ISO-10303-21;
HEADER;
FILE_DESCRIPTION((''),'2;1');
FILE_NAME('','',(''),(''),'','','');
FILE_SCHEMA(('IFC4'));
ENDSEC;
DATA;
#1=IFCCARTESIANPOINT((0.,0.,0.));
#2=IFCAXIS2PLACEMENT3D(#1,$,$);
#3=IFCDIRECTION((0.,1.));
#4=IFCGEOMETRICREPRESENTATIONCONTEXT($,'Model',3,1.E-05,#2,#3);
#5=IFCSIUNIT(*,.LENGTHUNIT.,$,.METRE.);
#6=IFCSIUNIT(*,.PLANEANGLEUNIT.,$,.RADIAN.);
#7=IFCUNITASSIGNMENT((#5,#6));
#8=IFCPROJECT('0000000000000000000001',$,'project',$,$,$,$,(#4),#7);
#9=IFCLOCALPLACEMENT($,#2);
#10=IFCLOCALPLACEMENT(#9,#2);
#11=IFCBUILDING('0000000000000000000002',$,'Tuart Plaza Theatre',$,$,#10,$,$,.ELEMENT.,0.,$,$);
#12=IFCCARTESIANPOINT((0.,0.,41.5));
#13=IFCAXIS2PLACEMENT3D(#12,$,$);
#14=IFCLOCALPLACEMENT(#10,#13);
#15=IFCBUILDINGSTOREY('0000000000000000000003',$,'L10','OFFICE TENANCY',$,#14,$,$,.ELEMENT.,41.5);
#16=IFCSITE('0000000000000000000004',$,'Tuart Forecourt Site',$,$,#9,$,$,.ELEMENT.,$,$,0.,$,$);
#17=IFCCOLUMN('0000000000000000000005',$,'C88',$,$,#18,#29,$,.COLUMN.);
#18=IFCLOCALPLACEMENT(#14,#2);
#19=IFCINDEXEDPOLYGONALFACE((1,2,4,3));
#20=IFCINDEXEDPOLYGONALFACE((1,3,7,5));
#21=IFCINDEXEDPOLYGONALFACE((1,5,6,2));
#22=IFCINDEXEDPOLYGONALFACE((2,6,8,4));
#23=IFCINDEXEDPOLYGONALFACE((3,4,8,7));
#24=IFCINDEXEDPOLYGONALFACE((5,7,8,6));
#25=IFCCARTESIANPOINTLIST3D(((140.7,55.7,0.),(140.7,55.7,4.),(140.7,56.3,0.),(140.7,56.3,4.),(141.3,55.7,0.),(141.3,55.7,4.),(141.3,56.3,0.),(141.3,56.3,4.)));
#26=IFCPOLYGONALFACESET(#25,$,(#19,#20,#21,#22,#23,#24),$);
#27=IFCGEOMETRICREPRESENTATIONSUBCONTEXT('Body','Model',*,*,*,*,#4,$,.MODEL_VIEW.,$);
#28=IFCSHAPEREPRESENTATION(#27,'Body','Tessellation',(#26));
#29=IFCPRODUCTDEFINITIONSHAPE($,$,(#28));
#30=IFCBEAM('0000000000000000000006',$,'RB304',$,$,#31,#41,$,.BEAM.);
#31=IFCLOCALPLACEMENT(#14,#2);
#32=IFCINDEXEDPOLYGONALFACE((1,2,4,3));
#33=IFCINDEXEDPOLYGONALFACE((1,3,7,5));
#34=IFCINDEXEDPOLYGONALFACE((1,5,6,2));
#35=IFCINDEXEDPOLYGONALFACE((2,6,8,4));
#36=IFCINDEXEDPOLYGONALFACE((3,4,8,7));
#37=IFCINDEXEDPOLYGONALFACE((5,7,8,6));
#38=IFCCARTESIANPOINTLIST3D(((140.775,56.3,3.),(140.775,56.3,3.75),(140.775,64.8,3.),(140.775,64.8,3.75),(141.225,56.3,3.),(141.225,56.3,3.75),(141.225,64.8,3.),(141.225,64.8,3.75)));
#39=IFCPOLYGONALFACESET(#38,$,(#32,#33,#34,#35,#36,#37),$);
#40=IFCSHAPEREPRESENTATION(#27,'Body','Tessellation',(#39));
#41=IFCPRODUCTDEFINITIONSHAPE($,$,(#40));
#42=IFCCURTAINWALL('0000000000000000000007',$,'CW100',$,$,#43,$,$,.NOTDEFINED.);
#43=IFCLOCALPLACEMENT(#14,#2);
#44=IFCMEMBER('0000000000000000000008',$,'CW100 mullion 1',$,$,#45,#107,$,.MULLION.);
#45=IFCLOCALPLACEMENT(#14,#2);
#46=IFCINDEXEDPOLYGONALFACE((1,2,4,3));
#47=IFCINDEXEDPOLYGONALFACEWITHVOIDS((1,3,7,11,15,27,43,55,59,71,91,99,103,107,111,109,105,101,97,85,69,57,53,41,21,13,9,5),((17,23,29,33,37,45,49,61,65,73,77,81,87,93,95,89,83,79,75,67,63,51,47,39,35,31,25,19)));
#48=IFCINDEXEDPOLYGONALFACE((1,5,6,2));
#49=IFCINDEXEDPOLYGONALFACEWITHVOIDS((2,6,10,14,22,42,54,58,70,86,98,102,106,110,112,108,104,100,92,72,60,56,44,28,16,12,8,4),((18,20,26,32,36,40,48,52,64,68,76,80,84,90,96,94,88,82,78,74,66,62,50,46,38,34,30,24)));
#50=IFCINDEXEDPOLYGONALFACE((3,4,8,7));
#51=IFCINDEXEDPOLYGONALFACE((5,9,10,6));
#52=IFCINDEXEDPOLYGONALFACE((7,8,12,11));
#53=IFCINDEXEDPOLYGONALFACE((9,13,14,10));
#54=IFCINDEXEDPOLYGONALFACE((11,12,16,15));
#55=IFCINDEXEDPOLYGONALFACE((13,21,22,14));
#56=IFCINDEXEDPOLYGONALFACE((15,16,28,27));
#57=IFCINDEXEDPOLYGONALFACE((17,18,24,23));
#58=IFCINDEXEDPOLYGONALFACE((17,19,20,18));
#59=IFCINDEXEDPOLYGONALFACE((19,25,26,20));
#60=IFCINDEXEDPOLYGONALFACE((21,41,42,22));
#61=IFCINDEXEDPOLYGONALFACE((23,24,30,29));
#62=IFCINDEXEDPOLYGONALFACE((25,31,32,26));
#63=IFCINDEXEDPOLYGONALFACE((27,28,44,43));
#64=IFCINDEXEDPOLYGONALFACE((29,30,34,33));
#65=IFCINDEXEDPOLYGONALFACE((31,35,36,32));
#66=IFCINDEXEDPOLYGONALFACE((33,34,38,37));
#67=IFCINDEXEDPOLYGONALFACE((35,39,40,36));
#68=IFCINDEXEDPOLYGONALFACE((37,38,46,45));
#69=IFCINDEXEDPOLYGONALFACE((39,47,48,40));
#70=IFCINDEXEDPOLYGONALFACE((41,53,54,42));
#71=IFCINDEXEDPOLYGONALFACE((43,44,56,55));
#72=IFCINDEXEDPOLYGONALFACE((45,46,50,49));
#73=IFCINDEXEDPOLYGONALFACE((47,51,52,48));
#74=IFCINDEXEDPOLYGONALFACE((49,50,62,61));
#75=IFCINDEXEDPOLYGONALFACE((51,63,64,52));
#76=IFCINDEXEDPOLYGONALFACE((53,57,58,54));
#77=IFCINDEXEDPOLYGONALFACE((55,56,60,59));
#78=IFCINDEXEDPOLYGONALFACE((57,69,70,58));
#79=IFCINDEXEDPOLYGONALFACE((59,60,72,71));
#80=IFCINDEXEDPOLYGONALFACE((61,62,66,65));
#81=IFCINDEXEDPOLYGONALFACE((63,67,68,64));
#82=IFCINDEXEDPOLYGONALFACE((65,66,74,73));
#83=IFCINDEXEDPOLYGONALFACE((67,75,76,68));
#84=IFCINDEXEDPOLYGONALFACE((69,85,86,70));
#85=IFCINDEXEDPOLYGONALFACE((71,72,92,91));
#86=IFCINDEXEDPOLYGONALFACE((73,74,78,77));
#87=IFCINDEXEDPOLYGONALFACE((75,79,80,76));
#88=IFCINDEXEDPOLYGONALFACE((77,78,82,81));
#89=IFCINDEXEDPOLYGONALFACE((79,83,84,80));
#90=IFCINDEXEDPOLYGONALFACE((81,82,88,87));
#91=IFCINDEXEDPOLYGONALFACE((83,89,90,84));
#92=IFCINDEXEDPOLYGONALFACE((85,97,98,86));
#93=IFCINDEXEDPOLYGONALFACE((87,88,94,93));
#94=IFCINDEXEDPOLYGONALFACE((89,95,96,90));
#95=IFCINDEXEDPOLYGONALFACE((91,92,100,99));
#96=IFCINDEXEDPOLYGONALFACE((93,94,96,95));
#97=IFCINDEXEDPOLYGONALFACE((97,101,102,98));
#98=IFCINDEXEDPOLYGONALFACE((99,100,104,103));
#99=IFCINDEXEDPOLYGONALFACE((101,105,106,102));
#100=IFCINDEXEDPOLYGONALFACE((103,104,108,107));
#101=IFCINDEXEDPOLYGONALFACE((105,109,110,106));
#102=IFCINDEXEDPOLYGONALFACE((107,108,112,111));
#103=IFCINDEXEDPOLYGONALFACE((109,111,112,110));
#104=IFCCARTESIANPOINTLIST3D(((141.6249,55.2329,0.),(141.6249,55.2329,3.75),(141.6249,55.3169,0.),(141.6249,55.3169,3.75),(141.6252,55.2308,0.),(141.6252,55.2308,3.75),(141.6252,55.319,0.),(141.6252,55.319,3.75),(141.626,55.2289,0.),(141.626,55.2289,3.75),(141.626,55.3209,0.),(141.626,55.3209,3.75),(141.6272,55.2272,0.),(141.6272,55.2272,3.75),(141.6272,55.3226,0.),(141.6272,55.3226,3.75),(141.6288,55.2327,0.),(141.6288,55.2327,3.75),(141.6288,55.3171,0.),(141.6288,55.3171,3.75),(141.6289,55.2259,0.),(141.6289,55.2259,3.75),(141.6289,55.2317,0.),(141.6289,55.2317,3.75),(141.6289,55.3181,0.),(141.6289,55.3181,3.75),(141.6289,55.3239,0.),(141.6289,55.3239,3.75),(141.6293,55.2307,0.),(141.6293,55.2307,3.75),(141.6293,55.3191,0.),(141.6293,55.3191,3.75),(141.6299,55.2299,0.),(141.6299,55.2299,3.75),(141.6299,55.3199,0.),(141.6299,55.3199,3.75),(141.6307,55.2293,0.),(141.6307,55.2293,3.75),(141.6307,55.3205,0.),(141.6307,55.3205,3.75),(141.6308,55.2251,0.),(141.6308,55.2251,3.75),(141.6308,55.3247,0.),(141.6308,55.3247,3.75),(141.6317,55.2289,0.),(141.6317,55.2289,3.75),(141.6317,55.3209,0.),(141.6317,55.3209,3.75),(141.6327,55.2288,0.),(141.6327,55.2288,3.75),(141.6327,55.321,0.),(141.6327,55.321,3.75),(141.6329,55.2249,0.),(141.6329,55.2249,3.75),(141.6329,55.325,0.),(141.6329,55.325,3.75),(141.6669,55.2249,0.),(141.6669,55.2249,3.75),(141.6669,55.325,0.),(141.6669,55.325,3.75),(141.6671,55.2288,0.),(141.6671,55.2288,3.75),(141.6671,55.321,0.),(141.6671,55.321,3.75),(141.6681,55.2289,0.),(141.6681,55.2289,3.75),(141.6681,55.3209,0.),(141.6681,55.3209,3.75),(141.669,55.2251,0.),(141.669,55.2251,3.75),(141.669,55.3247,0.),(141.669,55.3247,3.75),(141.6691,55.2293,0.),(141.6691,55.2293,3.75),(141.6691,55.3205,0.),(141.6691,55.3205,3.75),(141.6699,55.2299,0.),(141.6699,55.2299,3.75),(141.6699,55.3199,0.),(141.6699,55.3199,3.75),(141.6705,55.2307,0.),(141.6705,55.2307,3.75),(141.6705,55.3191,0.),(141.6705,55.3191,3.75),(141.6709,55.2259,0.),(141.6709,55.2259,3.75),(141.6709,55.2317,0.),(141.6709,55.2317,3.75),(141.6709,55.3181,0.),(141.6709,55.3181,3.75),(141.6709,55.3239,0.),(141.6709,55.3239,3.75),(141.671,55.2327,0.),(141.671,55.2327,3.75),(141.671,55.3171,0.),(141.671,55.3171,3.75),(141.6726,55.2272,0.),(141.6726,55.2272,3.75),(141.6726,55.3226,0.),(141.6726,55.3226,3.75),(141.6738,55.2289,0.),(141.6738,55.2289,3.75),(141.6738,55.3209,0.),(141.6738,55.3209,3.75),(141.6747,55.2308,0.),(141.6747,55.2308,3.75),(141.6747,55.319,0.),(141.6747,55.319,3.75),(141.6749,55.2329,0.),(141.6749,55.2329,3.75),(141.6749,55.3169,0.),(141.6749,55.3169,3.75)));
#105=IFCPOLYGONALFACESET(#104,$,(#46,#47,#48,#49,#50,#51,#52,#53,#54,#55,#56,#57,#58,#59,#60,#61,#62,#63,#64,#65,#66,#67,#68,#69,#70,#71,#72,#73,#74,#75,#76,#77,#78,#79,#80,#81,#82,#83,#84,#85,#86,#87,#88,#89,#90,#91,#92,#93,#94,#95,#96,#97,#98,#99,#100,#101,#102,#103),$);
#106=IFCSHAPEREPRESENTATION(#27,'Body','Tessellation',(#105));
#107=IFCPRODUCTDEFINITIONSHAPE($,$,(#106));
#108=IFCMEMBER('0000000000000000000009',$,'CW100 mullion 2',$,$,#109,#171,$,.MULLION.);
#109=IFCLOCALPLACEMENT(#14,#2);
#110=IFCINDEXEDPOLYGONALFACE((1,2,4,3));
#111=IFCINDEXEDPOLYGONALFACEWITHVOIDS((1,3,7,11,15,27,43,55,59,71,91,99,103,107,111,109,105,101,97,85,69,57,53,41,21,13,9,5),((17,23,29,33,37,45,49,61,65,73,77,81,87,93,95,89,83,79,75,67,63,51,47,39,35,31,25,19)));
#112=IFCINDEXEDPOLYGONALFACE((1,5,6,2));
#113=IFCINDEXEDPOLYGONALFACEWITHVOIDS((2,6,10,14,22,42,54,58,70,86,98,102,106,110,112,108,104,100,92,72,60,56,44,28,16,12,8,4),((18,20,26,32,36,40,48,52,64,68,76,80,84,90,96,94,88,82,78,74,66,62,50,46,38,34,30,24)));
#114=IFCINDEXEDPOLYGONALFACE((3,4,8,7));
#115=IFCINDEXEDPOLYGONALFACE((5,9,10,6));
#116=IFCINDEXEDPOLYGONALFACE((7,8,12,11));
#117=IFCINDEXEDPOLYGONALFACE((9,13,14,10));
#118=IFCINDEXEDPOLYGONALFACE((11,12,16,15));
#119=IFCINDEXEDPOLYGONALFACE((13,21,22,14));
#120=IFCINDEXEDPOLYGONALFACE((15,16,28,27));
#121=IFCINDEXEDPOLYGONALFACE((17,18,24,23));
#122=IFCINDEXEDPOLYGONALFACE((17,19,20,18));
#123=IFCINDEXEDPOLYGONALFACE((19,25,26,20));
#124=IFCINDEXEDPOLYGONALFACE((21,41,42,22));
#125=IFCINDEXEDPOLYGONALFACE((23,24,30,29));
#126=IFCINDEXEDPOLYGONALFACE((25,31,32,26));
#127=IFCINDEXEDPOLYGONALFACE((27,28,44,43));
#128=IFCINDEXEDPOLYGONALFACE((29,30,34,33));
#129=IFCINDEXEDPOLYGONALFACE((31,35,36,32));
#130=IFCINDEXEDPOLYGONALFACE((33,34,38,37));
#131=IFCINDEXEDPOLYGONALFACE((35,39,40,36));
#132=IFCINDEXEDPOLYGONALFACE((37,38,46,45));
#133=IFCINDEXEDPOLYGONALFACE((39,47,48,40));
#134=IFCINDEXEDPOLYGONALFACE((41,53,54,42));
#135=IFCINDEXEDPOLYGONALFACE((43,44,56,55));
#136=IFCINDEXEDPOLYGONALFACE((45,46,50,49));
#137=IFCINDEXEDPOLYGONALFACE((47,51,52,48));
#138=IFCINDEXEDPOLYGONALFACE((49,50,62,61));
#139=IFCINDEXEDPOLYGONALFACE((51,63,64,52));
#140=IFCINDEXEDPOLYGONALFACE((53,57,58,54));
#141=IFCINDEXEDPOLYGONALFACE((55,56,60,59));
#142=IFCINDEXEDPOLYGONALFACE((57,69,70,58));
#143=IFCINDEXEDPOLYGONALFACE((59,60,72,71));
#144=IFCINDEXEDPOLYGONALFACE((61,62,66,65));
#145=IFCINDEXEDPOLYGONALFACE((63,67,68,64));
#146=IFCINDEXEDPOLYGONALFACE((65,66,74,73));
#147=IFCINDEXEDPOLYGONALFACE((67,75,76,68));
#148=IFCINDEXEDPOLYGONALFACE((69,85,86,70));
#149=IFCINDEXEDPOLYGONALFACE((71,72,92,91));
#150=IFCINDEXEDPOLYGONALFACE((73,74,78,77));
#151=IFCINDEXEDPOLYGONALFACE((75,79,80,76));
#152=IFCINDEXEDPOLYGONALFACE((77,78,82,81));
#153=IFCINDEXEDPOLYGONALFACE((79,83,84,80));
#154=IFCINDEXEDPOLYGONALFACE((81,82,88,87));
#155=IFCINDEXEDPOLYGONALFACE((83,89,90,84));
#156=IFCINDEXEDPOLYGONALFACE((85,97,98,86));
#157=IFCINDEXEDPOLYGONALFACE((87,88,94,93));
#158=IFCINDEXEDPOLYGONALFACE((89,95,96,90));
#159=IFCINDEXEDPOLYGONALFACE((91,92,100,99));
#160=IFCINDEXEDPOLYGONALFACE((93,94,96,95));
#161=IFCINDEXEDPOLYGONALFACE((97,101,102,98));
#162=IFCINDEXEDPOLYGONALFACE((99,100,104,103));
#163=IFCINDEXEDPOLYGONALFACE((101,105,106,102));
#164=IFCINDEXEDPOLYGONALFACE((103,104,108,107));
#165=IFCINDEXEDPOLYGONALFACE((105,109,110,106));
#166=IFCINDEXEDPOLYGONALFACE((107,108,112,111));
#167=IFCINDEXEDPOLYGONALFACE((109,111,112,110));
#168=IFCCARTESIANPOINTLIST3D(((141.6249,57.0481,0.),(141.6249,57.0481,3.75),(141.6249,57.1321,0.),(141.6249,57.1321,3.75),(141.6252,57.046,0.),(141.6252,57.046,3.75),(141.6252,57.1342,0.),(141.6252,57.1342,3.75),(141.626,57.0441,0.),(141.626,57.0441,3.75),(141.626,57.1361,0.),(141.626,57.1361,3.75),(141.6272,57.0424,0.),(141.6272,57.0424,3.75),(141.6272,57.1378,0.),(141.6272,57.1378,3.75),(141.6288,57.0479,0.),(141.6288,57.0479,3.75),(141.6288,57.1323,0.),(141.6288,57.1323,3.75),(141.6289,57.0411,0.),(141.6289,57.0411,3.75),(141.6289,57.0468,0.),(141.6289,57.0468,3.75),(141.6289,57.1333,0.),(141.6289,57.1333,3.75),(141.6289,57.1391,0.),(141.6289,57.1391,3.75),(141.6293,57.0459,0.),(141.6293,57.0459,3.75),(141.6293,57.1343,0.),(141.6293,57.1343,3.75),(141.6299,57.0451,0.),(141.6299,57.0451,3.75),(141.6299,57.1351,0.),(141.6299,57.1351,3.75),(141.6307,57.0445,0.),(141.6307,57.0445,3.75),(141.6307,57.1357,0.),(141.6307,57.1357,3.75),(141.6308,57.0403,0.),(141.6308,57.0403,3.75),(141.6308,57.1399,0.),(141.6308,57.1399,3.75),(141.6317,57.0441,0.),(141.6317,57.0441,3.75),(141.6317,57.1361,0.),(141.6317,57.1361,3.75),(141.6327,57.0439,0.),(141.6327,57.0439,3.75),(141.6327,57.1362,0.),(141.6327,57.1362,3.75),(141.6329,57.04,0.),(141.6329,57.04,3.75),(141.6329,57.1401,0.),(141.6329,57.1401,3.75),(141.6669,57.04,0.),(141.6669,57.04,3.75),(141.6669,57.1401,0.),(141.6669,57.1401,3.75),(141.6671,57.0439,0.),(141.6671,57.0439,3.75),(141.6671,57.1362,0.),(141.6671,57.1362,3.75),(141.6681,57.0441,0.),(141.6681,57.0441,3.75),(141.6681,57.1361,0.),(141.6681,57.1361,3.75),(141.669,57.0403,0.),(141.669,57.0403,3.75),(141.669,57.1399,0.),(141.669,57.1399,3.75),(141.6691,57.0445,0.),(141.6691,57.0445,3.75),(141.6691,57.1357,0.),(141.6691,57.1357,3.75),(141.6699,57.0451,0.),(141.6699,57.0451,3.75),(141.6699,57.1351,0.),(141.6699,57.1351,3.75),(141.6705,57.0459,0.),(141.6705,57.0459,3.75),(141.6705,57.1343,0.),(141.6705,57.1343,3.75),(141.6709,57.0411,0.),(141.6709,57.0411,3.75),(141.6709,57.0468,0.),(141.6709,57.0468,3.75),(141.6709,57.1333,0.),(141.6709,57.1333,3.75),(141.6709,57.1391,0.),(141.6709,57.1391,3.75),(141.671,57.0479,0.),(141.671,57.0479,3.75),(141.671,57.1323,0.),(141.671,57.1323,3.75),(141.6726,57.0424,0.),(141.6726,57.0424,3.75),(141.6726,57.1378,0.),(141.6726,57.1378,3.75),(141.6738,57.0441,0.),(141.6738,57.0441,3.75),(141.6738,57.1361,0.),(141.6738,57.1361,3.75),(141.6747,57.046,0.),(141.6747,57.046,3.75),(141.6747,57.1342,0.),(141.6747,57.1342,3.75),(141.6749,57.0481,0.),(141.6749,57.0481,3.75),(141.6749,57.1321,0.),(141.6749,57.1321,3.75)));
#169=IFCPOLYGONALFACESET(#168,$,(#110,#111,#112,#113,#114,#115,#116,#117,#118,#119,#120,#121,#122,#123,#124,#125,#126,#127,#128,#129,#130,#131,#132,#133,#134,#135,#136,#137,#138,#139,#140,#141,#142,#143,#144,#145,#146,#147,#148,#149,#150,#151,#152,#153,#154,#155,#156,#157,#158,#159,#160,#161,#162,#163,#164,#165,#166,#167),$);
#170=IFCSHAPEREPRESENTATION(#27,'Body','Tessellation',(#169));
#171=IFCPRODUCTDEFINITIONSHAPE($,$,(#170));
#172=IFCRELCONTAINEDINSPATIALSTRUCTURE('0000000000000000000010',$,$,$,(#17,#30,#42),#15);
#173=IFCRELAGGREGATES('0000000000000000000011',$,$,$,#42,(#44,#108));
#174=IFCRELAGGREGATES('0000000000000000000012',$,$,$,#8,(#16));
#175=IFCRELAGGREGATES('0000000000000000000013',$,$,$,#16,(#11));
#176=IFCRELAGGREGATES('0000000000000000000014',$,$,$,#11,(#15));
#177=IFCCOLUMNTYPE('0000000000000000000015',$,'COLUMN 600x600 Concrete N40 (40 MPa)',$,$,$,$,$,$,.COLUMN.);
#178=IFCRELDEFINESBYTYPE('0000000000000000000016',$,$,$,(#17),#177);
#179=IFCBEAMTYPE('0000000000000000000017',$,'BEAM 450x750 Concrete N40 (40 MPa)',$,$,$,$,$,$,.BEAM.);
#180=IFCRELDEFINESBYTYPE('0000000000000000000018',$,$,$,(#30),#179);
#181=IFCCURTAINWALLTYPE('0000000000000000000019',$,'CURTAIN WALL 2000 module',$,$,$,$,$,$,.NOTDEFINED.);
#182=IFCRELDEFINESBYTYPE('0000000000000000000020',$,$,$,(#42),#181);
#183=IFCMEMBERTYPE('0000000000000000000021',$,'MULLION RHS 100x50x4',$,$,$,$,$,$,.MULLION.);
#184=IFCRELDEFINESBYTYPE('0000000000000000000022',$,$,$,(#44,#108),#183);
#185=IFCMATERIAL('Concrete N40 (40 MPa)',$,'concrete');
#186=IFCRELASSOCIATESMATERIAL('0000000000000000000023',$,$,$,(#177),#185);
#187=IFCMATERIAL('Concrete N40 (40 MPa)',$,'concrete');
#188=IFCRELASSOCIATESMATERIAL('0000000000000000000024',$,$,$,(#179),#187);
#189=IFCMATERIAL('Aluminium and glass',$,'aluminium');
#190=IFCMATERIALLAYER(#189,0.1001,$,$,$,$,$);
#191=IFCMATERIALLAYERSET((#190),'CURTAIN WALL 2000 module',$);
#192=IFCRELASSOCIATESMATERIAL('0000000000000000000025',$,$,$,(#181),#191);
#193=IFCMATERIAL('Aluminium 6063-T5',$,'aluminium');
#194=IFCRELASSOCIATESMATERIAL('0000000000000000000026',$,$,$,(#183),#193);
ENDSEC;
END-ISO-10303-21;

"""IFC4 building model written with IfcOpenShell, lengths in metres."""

from ifc_helpers import new_model, si_unit, direction, frame, origin, origin_2d, place, context, subcontext, project, spatial, rectangle, hollow_rectangle, extrude, material, layer, layer_set, material_profile, profile_set, type_object, element, aggregate, save


model = new_model("IFC4")

# Units and contexts
model_context = context("Model", 3, precision=1e-05, world=origin(), true_north=direction((0.0, 1.0)))
body_context = subcontext(model_context, "Body", "Model", "MODEL_VIEW")
ifc_project = project(units=[si_unit("LENGTHUNIT", "METRE"), si_unit("PLANEANGLEUNIT", "RADIAN")], contexts=[model_context])

# Site, building, storey
site_placement = place(None, origin())
site = spatial("IfcSite", under=ifc_project, at=site_placement, Name="Tuart Forecourt Site", CompositionType="ELEMENT", RefElevation=0.0)
building_placement = place(site_placement, origin())
building = spatial("IfcBuilding", under=site, at=building_placement, Name="Tuart Plaza Theatre", CompositionType="ELEMENT", ElevationOfRefHeight=0.0)
storey_placement = place(building_placement, frame((0.0, 0.0, 41.5)))
storey = spatial("IfcBuildingStorey", under=building, at=storey_placement, Name="L10", Description="OFFICE TENANCY", CompositionType="ELEMENT", Elevation=41.5)

# Column
ifc_material_1 = material(Name="Concrete N40 (40 MPa)", Category="concrete")
ifc_material_profile_1 = material_profile(ifc_material_1, rectangle(XDim=0.6001, YDim=0.6001, at=origin_2d()), Name="COLUMN 600x600 Concrete N40 (40 MPa)")
ifc_profile_set_1 = profile_set([ifc_material_profile_1], Name="Concrete N40 (40 MPa)")
column_type = type_object("IfcColumnType", Name="COLUMN 600x600 Concrete N40 (40 MPa)", PredefinedType="COLUMN", material=ifc_profile_set_1)
column_placement = place(storey_placement, frame((141.0, 56.0, 0.0), z_axis=(0.0, 0.0, 1.0), x_axis=(1.0, 0.0, 0.0)))
element("IfcColumn", 1, at=column_placement, inside=storey, type_object=column_type, Name="C88", PredefinedType="COLUMN", context=body_context, shape_type="SweptSolid", body=[
    extrude(rectangle(XDim=0.6001, YDim=0.6001, at=origin_2d()), origin(), (0.0, 0.0, 1.0), 4.0),
])

# Beam
ifc_material_2 = material(Name="Concrete N40 (40 MPa)", Category="concrete")
ifc_material_profile_2 = material_profile(ifc_material_2, rectangle(XDim=0.45, YDim=0.75, at=origin_2d()), Name="BEAM 450x750 Concrete N40 (40 MPa)")
ifc_profile_set_2 = profile_set([ifc_material_profile_2], Name="Concrete N40 (40 MPa)")
beam_type = type_object("IfcBeamType", Name="BEAM 450x750 Concrete N40 (40 MPa)", PredefinedType="BEAM", material=ifc_profile_set_2)
beam_placement = place(storey_placement, frame((141.0, 56.3, 3.375), z_axis=(0.0, 1.0, 0.0), x_axis=(-1.0, 0.0, 0.0)))
element("IfcBeam", 2, at=beam_placement, inside=storey, type_object=beam_type, Name="RB304", PredefinedType="BEAM", context=body_context, shape_type="SweptSolid", body=[
    extrude(rectangle(XDim=0.45, YDim=0.75, at=origin_2d()), origin(), (0.0, 0.0, 1.0), 8.5),
])

# Curtain wall, members
ifc_material_3 = material(Name="Aluminium and glass", Category="aluminium")
ifc_layer_1 = layer(ifc_material_3, 0.1001)
ifc_layer_set_1 = layer_set([ifc_layer_1], Name="CURTAIN WALL 2000 module")
curtain_wall_type = type_object("IfcCurtainWallType", Name="CURTAIN WALL 2000 module", PredefinedType="NOTDEFINED", material=ifc_layer_set_1)
curtain_wall_1_placement = place(storey_placement, origin())
curtain_wall_1 = element("IfcCurtainWall", 3, at=curtain_wall_1_placement, inside=storey, type_object=curtain_wall_type, Name="CW100", PredefinedType="NOTDEFINED")
ifc_material_4 = material(Name="Aluminium 6063-T5", Category="aluminium")
ifc_material_profile_3 = material_profile(ifc_material_4, hollow_rectangle(XDim=0.05, YDim=0.1001, WallThickness=0.0039, InnerFilletRadius=0.0039, OuterFilletRadius=0.0081, at=origin_2d()), Name="RHS 100x50x4")
ifc_profile_set_3 = profile_set([ifc_material_profile_3], Name="Aluminium 6063-T5")
member_type_1 = type_object("IfcMemberType", Name="MULLION RHS 100x50x4", PredefinedType="MULLION", material=ifc_profile_set_3)
member_1_placement = place(storey_placement, frame((141.6499, 55.2749, 0.0), z_axis=(0.0, 0.0, 1.0), x_axis=(-1.0, 0.0, 0.0)))
member_1 = element("IfcMember", 4, at=member_1_placement, type_object=member_type_1, Name="CW100 mullion 1", PredefinedType="MULLION", context=body_context, shape_type="SweptSolid", body=[
    extrude(hollow_rectangle(XDim=0.05, YDim=0.1001, WallThickness=0.0039, InnerFilletRadius=0.0039, OuterFilletRadius=0.0081, at=origin_2d()), origin(), (0.0, 0.0, 1.0), 3.75),
])
member_2_placement = place(storey_placement, frame((141.6499, 57.0901, 0.0), z_axis=(0.0, 0.0, 1.0), x_axis=(-1.0, 0.0, 0.0)))
member_2 = element("IfcMember", 5, at=member_2_placement, type_object=member_type_1, Name="CW100 mullion 2", PredefinedType="MULLION", context=body_context, shape_type="SweptSolid", body=[
    extrude(hollow_rectangle(XDim=0.05, YDim=0.1001, WallThickness=0.0039, InnerFilletRadius=0.0039, OuterFilletRadius=0.0081, at=origin_2d()), origin(), (0.0, 0.0, 1.0), 3.75),
])

aggregate(curtain_wall_1, [member_1, member_2])

save(model, "model.ifc")
